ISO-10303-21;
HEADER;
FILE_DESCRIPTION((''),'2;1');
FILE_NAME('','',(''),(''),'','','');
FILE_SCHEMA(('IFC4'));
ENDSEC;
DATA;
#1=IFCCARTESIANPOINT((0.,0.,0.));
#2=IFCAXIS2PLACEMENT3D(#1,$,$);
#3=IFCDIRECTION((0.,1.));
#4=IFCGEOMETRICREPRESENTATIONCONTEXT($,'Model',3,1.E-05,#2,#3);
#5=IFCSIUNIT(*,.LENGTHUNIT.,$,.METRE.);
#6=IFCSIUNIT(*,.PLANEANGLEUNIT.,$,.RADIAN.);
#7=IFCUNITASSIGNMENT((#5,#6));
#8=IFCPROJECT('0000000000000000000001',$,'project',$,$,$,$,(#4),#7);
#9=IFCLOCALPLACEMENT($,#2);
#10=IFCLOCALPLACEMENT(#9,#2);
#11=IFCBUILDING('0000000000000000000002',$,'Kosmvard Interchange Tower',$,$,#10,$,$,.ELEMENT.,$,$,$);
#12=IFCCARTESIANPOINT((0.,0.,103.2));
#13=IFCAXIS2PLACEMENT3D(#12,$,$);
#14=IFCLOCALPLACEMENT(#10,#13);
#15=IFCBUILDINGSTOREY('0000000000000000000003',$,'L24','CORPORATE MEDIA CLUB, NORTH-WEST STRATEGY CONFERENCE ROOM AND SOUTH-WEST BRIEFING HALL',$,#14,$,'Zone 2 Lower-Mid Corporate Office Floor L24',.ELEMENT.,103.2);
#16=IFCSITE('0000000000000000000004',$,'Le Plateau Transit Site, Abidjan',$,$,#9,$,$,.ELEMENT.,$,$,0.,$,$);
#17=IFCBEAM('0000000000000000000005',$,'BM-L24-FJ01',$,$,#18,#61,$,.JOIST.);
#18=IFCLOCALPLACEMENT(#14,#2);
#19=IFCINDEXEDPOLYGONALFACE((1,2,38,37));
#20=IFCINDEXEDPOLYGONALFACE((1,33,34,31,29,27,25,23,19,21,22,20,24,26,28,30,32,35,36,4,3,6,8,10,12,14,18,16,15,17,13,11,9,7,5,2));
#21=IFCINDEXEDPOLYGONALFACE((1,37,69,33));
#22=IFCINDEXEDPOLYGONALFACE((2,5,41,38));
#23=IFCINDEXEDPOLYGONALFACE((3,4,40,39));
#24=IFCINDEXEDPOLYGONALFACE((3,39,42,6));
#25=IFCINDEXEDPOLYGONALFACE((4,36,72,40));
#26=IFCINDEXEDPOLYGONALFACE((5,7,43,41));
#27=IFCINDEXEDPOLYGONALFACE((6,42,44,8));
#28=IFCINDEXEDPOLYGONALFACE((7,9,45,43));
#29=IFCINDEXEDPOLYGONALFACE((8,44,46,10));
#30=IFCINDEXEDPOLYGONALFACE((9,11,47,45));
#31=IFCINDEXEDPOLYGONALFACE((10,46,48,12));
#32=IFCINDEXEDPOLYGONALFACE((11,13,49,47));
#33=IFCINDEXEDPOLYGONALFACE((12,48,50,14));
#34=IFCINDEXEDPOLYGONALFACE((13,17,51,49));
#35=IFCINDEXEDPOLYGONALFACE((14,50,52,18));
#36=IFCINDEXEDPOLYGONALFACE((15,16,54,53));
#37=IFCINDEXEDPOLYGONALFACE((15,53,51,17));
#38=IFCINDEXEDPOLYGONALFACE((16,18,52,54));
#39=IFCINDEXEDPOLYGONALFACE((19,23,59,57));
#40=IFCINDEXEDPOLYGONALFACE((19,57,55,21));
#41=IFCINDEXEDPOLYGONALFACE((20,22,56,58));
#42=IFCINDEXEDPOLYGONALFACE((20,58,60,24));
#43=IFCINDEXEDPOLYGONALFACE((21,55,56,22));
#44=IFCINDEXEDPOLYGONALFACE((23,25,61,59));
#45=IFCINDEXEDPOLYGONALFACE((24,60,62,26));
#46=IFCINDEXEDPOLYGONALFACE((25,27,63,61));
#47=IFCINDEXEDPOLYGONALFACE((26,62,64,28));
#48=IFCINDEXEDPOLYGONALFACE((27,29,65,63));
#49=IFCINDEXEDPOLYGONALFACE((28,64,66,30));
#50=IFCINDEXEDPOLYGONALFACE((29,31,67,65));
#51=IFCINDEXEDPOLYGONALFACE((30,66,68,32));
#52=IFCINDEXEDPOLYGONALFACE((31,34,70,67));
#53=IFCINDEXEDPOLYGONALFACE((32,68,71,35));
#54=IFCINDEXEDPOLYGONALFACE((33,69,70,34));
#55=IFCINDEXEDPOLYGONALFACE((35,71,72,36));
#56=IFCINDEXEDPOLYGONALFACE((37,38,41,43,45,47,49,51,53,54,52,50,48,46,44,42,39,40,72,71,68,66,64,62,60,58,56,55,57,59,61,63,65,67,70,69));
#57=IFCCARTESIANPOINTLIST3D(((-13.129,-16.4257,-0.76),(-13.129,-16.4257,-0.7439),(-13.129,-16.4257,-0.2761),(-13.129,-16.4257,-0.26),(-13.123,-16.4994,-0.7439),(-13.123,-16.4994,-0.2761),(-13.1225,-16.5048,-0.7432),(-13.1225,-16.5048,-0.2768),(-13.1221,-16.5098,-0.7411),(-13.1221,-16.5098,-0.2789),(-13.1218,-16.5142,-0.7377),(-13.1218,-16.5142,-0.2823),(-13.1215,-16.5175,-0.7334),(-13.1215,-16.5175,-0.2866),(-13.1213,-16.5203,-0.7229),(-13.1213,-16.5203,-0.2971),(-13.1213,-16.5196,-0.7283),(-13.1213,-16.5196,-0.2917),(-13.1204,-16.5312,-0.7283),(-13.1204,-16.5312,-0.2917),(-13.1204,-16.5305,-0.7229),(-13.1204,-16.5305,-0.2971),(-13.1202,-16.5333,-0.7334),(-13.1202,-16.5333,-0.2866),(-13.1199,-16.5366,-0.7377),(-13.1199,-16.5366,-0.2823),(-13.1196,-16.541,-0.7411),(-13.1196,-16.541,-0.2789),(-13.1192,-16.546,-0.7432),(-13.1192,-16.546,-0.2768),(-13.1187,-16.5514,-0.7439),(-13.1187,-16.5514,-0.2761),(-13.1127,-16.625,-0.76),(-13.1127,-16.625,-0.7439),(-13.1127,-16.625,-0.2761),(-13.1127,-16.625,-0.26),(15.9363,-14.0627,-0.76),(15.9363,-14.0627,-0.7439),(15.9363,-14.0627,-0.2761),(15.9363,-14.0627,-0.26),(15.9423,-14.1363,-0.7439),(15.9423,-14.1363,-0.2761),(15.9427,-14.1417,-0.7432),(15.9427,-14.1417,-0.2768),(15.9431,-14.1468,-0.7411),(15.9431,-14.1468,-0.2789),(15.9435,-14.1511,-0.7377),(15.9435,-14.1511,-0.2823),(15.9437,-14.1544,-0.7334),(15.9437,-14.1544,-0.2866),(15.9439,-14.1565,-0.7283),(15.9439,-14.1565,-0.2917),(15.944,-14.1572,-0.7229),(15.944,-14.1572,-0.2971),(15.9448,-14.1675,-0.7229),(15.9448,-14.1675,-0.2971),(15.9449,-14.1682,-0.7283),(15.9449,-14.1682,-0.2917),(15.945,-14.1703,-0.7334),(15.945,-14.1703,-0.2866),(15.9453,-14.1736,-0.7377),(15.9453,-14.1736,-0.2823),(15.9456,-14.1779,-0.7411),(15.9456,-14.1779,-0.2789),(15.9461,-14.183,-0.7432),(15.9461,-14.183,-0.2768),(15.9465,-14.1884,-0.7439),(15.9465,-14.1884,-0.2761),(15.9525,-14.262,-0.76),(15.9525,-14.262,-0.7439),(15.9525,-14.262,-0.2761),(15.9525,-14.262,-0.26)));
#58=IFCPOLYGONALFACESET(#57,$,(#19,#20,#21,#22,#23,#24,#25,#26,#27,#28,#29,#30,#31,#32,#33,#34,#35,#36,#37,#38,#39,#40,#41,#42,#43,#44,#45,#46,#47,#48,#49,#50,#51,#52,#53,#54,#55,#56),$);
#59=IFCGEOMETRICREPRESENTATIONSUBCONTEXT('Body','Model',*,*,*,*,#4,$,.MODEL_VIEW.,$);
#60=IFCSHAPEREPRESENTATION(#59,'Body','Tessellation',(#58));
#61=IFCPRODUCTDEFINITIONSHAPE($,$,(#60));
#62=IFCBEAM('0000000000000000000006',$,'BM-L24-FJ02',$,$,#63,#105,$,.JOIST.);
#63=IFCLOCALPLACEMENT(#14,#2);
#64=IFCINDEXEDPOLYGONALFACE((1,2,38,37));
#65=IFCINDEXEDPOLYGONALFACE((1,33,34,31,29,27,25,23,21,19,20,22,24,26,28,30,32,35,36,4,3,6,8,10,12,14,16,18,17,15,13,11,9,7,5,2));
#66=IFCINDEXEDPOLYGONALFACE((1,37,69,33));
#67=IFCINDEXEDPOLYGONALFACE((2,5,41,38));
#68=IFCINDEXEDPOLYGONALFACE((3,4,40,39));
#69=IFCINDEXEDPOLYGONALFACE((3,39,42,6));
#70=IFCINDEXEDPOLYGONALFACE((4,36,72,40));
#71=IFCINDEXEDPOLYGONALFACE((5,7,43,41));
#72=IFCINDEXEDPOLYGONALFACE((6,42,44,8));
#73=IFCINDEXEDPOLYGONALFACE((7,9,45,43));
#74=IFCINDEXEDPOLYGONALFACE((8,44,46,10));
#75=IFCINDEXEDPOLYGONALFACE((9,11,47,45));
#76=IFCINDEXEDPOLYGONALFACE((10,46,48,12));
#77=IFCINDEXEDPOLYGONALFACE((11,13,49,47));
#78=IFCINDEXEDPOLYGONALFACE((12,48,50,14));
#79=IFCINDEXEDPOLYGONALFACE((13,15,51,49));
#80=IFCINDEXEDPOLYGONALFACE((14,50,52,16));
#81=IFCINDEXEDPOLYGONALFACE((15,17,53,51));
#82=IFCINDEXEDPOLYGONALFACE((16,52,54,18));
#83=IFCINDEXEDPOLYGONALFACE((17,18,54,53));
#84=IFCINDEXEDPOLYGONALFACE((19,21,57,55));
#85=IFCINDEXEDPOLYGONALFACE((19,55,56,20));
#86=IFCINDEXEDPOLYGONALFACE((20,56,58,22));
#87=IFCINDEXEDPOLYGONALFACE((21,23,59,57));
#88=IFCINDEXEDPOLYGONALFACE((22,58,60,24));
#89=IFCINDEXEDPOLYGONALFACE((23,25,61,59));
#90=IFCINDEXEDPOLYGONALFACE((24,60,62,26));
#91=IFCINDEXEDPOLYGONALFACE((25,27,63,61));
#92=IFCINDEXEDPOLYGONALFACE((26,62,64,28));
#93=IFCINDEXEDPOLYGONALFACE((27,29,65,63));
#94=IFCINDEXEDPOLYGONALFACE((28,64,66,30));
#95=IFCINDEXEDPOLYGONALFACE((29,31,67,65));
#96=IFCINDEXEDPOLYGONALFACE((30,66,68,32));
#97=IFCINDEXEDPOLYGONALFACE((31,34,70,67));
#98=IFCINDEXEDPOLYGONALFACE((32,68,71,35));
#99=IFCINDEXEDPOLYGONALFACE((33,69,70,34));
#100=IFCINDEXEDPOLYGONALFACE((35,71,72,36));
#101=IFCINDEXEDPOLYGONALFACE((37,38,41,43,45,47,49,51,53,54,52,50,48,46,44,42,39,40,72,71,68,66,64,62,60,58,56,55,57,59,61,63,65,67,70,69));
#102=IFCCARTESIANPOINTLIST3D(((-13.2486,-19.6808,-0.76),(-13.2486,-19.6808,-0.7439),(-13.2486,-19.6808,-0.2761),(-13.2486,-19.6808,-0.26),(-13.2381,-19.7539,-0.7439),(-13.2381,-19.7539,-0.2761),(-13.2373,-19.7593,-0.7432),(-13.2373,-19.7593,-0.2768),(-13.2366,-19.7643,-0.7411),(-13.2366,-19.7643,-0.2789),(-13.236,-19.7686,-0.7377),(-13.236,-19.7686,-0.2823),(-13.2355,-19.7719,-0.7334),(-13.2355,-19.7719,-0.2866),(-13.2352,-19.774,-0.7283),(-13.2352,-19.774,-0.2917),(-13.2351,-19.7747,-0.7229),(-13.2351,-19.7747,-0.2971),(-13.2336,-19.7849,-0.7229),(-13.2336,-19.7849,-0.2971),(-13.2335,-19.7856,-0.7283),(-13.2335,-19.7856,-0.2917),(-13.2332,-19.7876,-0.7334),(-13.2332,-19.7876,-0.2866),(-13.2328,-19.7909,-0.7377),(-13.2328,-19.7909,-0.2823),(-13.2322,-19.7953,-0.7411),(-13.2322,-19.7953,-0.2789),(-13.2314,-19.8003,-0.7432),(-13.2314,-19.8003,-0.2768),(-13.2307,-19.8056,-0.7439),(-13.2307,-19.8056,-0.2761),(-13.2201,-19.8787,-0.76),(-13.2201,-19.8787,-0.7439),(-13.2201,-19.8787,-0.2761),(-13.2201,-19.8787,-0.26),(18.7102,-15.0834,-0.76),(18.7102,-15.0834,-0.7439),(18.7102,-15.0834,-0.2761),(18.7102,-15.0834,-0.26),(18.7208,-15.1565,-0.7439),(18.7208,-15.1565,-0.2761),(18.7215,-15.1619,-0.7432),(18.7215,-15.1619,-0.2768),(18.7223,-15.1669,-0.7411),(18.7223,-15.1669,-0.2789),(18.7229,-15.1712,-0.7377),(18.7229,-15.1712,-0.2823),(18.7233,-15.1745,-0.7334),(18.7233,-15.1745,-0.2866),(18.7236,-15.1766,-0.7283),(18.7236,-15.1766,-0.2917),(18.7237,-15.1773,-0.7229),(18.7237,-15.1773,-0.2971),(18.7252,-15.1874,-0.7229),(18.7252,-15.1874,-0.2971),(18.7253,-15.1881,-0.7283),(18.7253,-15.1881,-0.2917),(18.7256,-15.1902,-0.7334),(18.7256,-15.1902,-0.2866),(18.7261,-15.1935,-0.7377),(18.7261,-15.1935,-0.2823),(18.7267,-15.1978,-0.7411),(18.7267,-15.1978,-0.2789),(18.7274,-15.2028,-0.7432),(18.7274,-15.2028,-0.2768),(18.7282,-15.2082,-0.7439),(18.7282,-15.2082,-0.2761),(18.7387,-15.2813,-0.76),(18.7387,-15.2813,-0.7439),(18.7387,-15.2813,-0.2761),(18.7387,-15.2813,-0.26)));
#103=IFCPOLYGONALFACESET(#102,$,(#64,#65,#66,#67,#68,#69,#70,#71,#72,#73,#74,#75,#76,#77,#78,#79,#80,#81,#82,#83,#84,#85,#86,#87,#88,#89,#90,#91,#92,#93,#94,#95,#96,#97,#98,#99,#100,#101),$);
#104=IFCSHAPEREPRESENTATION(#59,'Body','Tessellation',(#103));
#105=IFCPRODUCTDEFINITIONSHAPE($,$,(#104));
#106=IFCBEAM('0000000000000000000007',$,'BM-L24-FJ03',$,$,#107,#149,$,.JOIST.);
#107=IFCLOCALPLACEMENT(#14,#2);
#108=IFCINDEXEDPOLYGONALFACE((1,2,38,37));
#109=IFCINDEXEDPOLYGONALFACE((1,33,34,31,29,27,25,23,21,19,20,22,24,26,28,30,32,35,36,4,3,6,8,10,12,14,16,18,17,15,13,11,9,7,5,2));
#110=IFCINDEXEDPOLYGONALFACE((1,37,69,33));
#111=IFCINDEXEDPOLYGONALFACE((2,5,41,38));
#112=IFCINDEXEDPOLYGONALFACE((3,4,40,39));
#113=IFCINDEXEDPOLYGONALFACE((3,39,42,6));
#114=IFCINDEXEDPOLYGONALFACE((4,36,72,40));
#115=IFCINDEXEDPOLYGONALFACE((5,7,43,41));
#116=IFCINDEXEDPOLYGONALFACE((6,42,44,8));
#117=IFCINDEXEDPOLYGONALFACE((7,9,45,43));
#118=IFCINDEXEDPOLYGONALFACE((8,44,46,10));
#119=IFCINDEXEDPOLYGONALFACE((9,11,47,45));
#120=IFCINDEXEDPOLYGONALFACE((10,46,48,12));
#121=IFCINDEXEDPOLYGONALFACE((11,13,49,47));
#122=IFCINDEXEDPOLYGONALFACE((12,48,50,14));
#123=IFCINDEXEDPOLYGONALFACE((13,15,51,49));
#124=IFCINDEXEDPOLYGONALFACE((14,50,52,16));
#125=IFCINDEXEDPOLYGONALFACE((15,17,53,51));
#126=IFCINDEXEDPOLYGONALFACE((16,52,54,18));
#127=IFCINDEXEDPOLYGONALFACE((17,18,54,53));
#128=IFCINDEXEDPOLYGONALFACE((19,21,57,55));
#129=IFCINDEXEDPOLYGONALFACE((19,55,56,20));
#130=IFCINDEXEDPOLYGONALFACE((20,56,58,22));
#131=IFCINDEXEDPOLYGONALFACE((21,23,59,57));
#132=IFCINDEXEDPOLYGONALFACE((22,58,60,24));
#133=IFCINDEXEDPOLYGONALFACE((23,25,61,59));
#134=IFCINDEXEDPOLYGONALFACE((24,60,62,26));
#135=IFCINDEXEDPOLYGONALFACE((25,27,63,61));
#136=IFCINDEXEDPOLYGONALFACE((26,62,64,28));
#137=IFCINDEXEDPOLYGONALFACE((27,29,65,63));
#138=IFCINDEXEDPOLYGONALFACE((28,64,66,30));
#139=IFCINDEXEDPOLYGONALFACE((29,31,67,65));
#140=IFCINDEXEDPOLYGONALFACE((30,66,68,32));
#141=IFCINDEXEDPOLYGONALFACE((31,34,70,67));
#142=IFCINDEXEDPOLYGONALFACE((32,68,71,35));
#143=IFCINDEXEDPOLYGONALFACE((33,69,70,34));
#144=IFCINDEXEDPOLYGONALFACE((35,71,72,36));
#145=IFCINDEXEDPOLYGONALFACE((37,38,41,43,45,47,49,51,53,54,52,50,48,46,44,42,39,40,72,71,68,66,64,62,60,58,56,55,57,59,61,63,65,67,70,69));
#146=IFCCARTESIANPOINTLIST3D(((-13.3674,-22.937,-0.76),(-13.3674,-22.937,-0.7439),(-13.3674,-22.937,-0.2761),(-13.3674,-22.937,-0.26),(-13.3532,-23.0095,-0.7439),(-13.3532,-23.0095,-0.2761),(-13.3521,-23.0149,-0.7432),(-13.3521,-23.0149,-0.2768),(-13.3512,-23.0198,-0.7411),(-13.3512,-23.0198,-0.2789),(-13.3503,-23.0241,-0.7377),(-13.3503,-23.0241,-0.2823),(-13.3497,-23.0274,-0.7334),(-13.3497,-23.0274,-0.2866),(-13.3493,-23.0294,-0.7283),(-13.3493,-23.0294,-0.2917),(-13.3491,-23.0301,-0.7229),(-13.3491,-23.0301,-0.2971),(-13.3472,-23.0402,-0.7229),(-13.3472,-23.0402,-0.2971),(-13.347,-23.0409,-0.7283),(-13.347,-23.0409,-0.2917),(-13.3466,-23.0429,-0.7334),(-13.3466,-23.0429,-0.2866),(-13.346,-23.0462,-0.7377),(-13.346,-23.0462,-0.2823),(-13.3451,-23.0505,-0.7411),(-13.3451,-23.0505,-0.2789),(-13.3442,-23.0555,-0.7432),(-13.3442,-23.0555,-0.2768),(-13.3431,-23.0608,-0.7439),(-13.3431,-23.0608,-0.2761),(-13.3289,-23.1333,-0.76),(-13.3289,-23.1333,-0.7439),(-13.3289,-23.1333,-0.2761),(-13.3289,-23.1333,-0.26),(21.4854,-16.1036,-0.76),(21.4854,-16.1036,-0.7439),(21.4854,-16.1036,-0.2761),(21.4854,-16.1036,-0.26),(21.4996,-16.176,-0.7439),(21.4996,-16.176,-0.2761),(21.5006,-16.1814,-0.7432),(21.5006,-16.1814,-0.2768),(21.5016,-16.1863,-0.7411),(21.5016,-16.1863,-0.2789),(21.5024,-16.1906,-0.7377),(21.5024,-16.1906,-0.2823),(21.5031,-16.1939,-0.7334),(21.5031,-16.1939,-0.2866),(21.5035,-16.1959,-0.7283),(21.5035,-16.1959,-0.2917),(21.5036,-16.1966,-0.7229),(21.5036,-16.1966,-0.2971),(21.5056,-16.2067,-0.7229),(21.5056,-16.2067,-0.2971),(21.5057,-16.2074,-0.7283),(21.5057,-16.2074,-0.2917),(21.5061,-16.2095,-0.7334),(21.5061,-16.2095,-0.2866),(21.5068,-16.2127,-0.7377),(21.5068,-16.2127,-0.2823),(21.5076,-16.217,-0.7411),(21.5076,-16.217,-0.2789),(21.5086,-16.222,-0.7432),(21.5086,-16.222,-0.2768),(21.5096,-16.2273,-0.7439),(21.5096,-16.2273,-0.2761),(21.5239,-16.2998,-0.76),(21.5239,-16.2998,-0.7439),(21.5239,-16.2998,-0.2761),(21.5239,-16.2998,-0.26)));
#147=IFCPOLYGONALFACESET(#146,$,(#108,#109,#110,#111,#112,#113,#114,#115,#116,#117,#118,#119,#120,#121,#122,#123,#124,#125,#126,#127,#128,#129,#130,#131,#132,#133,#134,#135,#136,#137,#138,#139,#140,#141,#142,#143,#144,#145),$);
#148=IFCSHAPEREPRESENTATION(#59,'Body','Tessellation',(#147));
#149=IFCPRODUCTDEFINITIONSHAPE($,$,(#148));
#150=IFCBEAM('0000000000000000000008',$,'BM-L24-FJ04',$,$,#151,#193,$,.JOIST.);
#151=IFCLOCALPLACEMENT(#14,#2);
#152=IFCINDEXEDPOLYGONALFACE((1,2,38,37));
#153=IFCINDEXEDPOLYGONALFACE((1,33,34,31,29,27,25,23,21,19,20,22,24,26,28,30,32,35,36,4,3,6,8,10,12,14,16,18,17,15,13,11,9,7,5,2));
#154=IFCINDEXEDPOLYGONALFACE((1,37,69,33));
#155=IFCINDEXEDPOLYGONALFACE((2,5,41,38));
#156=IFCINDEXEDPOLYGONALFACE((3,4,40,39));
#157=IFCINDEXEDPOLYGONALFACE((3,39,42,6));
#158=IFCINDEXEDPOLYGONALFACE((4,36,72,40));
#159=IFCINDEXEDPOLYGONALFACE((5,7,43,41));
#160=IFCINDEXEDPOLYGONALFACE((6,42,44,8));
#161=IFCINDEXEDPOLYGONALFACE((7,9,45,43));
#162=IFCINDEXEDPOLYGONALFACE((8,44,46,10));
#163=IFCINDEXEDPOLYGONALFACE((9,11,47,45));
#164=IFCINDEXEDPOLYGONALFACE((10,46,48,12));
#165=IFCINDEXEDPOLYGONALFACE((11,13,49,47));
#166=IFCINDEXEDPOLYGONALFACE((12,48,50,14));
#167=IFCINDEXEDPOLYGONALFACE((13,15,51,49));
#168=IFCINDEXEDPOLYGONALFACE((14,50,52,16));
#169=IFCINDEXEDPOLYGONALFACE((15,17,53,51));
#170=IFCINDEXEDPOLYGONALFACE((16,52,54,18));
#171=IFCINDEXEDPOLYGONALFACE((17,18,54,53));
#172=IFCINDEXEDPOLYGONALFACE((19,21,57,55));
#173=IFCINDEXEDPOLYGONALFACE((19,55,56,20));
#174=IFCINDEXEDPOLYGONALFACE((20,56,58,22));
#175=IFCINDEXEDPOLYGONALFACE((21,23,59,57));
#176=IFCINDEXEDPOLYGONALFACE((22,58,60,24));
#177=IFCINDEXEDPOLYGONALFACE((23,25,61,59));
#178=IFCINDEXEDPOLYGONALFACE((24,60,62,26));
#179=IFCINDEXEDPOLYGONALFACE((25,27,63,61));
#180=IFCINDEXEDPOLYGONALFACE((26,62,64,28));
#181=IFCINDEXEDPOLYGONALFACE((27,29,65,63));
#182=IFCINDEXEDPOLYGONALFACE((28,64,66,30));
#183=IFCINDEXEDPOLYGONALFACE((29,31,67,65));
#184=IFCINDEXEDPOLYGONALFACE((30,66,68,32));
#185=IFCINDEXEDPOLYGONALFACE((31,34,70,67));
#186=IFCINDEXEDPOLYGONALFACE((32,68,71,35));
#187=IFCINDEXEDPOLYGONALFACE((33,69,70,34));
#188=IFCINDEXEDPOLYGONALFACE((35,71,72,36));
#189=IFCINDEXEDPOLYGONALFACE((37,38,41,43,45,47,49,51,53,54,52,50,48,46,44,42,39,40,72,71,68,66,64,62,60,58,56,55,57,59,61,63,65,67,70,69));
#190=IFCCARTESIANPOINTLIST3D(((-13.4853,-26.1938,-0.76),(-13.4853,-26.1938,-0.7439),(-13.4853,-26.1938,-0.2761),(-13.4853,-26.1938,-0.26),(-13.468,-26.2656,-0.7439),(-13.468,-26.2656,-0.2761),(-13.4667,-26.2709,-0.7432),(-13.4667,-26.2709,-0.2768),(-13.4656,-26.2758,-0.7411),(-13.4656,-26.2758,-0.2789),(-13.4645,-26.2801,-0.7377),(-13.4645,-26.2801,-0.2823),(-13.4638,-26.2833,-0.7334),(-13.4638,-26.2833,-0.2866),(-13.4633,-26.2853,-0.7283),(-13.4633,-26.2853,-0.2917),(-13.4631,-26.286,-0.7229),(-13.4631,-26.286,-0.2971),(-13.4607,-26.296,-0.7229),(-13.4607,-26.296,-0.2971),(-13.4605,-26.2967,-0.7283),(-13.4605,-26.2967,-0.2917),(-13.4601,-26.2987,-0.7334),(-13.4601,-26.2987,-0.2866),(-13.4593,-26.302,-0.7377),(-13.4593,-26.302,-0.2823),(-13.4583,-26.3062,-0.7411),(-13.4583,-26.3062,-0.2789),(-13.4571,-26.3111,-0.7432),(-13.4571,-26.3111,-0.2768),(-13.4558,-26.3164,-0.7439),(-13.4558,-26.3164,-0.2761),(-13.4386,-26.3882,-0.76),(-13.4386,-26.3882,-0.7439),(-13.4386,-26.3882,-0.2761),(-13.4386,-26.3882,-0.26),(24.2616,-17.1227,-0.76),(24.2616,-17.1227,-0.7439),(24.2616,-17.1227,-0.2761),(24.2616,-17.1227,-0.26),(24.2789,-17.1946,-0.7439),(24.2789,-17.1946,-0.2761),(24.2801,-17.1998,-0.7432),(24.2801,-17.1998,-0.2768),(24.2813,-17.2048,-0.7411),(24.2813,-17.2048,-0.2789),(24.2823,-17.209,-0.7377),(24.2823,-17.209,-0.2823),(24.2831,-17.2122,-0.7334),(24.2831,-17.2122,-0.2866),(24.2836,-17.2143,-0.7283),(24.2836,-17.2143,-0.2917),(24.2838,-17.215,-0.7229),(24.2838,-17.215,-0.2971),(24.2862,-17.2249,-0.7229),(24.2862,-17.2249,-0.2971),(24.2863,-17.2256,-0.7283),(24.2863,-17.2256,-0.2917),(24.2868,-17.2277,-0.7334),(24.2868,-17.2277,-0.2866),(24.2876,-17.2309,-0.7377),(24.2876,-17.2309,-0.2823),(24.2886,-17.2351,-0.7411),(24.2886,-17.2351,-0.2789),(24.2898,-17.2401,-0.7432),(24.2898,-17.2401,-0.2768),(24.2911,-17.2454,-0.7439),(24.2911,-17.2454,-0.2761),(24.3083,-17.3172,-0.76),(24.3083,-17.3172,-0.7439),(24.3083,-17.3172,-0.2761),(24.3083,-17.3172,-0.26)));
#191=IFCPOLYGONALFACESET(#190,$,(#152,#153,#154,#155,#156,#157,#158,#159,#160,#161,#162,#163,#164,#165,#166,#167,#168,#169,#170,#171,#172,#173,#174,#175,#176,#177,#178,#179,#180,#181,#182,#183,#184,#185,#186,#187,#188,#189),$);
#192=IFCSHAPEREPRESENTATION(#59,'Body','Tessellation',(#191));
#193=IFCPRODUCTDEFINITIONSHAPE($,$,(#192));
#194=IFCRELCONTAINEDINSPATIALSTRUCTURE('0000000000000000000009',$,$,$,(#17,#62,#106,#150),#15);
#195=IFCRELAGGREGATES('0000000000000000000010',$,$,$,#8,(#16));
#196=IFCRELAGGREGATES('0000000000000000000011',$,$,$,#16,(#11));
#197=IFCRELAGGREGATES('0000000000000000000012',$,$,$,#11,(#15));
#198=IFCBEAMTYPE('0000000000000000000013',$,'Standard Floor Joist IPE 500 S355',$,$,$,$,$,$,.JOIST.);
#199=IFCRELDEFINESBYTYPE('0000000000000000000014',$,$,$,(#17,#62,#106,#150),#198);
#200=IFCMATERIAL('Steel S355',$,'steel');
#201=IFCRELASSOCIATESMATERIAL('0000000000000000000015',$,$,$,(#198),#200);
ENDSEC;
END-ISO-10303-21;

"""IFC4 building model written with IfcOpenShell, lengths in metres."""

from ifc_helpers import new_model, si_unit, direction, frame, origin, origin_2d, place, context, subcontext, project, spatial, i_section, extrude, source, transform, mapped, material, material_profile, profile_set, type_object, element, save


model = new_model("IFC4")

# Units and contexts
model_context = context("Model", 3, precision=1e-05, world=origin(), true_north=direction((0.0, 1.0)))
body_context = subcontext(model_context, "Body", "Model", "MODEL_VIEW")
ifc_project = project(units=[si_unit("LENGTHUNIT", "METRE"), si_unit("PLANEANGLEUNIT", "RADIAN")], contexts=[model_context])

# Site, building, storey
site_placement = place(None, origin())
site = spatial("IfcSite", under=ifc_project, at=site_placement, Name="Le Plateau Transit Site, Abidjan", CompositionType="ELEMENT", RefElevation=0.0)
building_placement = place(site_placement, origin())
building = spatial("IfcBuilding", under=site, at=building_placement, Name="Kosmvard Interchange Tower", CompositionType="ELEMENT")
storey_placement = place(building_placement, frame((0.0, 0.0, 103.2)))
storey = spatial("IfcBuildingStorey", under=building, at=storey_placement, Name="L24", Description="CORPORATE MEDIA CLUB, NORTH-WEST STRATEGY CONFERENCE ROOM AND SOUTH-WEST BRIEFING HALL", LongName="Zone 2 Lower-Mid Corporate Office Floor L24", CompositionType="ELEMENT", Elevation=103.2)

# Beams
ifc_material_1 = material(Name="Steel S355", Category="steel")
ifc_material_profile_1 = material_profile(ifc_material_1, i_section(OverallWidth=0.2, OverallDepth=0.5, WebThickness=0.0103, FlangeThickness=0.0161, FilletRadius=0.021, at=origin_2d()), Name="IPE 500")
ifc_profile_set_1 = profile_set([ifc_material_profile_1], Name="Steel S355")
beam_type_1 = type_object("IfcBeamType", Name="Standard Floor Joist IPE 500 S355", PredefinedType="JOIST", material=ifc_profile_set_1)
shared_shape_1 = source(origin(), body_context, "Body", "SweptSolid", [
    extrude(i_section(OverallWidth=0.2, OverallDepth=0.5, WebThickness=0.0103, FlangeThickness=0.0161, FilletRadius=0.021, at=origin_2d()), origin(), (0.0, 0.0, 1.0), 29.1611),
])
beam_1_placement = place(storey_placement, frame((-13.1208, -16.5254, -0.51), z_axis=(0.996711, 0.081034, 0.0), x_axis=(-0.081034, 0.996711, 0.0)))
element("IfcBeam", 1, at=beam_1_placement, inside=storey, type_object=beam_type_1, Name="BM-L24-FJ01", PredefinedType="JOIST", context=body_context, shape_type="MappedRepresentation", body=[
    mapped(shared_shape_1, transform((0.0, 0.0, 0.0), scale=1.0)),
])
shared_shape_2 = source(origin(), body_context, "Body", "SweptSolid", [
    extrude(i_section(OverallWidth=0.2, OverallDepth=0.5, WebThickness=0.0103, FlangeThickness=0.0161, FilletRadius=0.021, at=origin_2d()), origin(), (0.0, 0.0, 1.0), 32.2878),
])
beam_2_placement = place(storey_placement, frame((-13.2344, -19.7798, -0.51), z_axis=(0.989811, 0.142389, 0.0), x_axis=(-0.142389, 0.989811, 0.0)))
element("IfcBeam", 2, at=beam_2_placement, inside=storey, type_object=beam_type_1, Name="BM-L24-FJ02", PredefinedType="JOIST", context=body_context, shape_type="MappedRepresentation", body=[
    mapped(shared_shape_2, transform((0.0, 0.0, 0.0), scale=1.0)),
])
shared_shape_3 = source(origin(), body_context, "Body", "SweptSolid", [
    extrude(i_section(OverallWidth=0.2, OverallDepth=0.5, WebThickness=0.0103, FlangeThickness=0.0161, FilletRadius=0.021, at=origin_2d()), origin(), (0.0, 0.0, 1.0), 35.5164),
])
beam_3_placement = place(storey_placement, frame((-13.3481, -23.0352, -0.51), z_axis=(0.981316, 0.192404, 0.0), x_axis=(-0.192404, 0.981316, 0.0)))
element("IfcBeam", 3, at=beam_3_placement, inside=storey, type_object=beam_type_1, Name="BM-L24-FJ03", PredefinedType="JOIST", context=body_context, shape_type="MappedRepresentation", body=[
    mapped(shared_shape_3, transform((0.0, 0.0, 0.0), scale=1.0)),
])
shared_shape_4 = source(origin(), body_context, "Body", "SweptSolid", [
    extrude(i_section(OverallWidth=0.2, OverallDepth=0.5, WebThickness=0.0103, FlangeThickness=0.0161, FilletRadius=0.021, at=origin_2d()), origin(), (0.0, 0.0, 1.0), 38.8215),
])
beam_4_placement = place(storey_placement, frame((-13.4619, -26.291, -0.51), z_axis=(0.972318, 0.233661, 0.0), x_axis=(-0.233661, 0.972318, 0.0)))
element("IfcBeam", 4, at=beam_4_placement, inside=storey, type_object=beam_type_1, Name="BM-L24-FJ04", PredefinedType="JOIST", context=body_context, shape_type="MappedRepresentation", body=[
    mapped(shared_shape_4, transform((0.0, 0.0, 0.0), scale=1.0)),
])

save(model, "model.ifc")
